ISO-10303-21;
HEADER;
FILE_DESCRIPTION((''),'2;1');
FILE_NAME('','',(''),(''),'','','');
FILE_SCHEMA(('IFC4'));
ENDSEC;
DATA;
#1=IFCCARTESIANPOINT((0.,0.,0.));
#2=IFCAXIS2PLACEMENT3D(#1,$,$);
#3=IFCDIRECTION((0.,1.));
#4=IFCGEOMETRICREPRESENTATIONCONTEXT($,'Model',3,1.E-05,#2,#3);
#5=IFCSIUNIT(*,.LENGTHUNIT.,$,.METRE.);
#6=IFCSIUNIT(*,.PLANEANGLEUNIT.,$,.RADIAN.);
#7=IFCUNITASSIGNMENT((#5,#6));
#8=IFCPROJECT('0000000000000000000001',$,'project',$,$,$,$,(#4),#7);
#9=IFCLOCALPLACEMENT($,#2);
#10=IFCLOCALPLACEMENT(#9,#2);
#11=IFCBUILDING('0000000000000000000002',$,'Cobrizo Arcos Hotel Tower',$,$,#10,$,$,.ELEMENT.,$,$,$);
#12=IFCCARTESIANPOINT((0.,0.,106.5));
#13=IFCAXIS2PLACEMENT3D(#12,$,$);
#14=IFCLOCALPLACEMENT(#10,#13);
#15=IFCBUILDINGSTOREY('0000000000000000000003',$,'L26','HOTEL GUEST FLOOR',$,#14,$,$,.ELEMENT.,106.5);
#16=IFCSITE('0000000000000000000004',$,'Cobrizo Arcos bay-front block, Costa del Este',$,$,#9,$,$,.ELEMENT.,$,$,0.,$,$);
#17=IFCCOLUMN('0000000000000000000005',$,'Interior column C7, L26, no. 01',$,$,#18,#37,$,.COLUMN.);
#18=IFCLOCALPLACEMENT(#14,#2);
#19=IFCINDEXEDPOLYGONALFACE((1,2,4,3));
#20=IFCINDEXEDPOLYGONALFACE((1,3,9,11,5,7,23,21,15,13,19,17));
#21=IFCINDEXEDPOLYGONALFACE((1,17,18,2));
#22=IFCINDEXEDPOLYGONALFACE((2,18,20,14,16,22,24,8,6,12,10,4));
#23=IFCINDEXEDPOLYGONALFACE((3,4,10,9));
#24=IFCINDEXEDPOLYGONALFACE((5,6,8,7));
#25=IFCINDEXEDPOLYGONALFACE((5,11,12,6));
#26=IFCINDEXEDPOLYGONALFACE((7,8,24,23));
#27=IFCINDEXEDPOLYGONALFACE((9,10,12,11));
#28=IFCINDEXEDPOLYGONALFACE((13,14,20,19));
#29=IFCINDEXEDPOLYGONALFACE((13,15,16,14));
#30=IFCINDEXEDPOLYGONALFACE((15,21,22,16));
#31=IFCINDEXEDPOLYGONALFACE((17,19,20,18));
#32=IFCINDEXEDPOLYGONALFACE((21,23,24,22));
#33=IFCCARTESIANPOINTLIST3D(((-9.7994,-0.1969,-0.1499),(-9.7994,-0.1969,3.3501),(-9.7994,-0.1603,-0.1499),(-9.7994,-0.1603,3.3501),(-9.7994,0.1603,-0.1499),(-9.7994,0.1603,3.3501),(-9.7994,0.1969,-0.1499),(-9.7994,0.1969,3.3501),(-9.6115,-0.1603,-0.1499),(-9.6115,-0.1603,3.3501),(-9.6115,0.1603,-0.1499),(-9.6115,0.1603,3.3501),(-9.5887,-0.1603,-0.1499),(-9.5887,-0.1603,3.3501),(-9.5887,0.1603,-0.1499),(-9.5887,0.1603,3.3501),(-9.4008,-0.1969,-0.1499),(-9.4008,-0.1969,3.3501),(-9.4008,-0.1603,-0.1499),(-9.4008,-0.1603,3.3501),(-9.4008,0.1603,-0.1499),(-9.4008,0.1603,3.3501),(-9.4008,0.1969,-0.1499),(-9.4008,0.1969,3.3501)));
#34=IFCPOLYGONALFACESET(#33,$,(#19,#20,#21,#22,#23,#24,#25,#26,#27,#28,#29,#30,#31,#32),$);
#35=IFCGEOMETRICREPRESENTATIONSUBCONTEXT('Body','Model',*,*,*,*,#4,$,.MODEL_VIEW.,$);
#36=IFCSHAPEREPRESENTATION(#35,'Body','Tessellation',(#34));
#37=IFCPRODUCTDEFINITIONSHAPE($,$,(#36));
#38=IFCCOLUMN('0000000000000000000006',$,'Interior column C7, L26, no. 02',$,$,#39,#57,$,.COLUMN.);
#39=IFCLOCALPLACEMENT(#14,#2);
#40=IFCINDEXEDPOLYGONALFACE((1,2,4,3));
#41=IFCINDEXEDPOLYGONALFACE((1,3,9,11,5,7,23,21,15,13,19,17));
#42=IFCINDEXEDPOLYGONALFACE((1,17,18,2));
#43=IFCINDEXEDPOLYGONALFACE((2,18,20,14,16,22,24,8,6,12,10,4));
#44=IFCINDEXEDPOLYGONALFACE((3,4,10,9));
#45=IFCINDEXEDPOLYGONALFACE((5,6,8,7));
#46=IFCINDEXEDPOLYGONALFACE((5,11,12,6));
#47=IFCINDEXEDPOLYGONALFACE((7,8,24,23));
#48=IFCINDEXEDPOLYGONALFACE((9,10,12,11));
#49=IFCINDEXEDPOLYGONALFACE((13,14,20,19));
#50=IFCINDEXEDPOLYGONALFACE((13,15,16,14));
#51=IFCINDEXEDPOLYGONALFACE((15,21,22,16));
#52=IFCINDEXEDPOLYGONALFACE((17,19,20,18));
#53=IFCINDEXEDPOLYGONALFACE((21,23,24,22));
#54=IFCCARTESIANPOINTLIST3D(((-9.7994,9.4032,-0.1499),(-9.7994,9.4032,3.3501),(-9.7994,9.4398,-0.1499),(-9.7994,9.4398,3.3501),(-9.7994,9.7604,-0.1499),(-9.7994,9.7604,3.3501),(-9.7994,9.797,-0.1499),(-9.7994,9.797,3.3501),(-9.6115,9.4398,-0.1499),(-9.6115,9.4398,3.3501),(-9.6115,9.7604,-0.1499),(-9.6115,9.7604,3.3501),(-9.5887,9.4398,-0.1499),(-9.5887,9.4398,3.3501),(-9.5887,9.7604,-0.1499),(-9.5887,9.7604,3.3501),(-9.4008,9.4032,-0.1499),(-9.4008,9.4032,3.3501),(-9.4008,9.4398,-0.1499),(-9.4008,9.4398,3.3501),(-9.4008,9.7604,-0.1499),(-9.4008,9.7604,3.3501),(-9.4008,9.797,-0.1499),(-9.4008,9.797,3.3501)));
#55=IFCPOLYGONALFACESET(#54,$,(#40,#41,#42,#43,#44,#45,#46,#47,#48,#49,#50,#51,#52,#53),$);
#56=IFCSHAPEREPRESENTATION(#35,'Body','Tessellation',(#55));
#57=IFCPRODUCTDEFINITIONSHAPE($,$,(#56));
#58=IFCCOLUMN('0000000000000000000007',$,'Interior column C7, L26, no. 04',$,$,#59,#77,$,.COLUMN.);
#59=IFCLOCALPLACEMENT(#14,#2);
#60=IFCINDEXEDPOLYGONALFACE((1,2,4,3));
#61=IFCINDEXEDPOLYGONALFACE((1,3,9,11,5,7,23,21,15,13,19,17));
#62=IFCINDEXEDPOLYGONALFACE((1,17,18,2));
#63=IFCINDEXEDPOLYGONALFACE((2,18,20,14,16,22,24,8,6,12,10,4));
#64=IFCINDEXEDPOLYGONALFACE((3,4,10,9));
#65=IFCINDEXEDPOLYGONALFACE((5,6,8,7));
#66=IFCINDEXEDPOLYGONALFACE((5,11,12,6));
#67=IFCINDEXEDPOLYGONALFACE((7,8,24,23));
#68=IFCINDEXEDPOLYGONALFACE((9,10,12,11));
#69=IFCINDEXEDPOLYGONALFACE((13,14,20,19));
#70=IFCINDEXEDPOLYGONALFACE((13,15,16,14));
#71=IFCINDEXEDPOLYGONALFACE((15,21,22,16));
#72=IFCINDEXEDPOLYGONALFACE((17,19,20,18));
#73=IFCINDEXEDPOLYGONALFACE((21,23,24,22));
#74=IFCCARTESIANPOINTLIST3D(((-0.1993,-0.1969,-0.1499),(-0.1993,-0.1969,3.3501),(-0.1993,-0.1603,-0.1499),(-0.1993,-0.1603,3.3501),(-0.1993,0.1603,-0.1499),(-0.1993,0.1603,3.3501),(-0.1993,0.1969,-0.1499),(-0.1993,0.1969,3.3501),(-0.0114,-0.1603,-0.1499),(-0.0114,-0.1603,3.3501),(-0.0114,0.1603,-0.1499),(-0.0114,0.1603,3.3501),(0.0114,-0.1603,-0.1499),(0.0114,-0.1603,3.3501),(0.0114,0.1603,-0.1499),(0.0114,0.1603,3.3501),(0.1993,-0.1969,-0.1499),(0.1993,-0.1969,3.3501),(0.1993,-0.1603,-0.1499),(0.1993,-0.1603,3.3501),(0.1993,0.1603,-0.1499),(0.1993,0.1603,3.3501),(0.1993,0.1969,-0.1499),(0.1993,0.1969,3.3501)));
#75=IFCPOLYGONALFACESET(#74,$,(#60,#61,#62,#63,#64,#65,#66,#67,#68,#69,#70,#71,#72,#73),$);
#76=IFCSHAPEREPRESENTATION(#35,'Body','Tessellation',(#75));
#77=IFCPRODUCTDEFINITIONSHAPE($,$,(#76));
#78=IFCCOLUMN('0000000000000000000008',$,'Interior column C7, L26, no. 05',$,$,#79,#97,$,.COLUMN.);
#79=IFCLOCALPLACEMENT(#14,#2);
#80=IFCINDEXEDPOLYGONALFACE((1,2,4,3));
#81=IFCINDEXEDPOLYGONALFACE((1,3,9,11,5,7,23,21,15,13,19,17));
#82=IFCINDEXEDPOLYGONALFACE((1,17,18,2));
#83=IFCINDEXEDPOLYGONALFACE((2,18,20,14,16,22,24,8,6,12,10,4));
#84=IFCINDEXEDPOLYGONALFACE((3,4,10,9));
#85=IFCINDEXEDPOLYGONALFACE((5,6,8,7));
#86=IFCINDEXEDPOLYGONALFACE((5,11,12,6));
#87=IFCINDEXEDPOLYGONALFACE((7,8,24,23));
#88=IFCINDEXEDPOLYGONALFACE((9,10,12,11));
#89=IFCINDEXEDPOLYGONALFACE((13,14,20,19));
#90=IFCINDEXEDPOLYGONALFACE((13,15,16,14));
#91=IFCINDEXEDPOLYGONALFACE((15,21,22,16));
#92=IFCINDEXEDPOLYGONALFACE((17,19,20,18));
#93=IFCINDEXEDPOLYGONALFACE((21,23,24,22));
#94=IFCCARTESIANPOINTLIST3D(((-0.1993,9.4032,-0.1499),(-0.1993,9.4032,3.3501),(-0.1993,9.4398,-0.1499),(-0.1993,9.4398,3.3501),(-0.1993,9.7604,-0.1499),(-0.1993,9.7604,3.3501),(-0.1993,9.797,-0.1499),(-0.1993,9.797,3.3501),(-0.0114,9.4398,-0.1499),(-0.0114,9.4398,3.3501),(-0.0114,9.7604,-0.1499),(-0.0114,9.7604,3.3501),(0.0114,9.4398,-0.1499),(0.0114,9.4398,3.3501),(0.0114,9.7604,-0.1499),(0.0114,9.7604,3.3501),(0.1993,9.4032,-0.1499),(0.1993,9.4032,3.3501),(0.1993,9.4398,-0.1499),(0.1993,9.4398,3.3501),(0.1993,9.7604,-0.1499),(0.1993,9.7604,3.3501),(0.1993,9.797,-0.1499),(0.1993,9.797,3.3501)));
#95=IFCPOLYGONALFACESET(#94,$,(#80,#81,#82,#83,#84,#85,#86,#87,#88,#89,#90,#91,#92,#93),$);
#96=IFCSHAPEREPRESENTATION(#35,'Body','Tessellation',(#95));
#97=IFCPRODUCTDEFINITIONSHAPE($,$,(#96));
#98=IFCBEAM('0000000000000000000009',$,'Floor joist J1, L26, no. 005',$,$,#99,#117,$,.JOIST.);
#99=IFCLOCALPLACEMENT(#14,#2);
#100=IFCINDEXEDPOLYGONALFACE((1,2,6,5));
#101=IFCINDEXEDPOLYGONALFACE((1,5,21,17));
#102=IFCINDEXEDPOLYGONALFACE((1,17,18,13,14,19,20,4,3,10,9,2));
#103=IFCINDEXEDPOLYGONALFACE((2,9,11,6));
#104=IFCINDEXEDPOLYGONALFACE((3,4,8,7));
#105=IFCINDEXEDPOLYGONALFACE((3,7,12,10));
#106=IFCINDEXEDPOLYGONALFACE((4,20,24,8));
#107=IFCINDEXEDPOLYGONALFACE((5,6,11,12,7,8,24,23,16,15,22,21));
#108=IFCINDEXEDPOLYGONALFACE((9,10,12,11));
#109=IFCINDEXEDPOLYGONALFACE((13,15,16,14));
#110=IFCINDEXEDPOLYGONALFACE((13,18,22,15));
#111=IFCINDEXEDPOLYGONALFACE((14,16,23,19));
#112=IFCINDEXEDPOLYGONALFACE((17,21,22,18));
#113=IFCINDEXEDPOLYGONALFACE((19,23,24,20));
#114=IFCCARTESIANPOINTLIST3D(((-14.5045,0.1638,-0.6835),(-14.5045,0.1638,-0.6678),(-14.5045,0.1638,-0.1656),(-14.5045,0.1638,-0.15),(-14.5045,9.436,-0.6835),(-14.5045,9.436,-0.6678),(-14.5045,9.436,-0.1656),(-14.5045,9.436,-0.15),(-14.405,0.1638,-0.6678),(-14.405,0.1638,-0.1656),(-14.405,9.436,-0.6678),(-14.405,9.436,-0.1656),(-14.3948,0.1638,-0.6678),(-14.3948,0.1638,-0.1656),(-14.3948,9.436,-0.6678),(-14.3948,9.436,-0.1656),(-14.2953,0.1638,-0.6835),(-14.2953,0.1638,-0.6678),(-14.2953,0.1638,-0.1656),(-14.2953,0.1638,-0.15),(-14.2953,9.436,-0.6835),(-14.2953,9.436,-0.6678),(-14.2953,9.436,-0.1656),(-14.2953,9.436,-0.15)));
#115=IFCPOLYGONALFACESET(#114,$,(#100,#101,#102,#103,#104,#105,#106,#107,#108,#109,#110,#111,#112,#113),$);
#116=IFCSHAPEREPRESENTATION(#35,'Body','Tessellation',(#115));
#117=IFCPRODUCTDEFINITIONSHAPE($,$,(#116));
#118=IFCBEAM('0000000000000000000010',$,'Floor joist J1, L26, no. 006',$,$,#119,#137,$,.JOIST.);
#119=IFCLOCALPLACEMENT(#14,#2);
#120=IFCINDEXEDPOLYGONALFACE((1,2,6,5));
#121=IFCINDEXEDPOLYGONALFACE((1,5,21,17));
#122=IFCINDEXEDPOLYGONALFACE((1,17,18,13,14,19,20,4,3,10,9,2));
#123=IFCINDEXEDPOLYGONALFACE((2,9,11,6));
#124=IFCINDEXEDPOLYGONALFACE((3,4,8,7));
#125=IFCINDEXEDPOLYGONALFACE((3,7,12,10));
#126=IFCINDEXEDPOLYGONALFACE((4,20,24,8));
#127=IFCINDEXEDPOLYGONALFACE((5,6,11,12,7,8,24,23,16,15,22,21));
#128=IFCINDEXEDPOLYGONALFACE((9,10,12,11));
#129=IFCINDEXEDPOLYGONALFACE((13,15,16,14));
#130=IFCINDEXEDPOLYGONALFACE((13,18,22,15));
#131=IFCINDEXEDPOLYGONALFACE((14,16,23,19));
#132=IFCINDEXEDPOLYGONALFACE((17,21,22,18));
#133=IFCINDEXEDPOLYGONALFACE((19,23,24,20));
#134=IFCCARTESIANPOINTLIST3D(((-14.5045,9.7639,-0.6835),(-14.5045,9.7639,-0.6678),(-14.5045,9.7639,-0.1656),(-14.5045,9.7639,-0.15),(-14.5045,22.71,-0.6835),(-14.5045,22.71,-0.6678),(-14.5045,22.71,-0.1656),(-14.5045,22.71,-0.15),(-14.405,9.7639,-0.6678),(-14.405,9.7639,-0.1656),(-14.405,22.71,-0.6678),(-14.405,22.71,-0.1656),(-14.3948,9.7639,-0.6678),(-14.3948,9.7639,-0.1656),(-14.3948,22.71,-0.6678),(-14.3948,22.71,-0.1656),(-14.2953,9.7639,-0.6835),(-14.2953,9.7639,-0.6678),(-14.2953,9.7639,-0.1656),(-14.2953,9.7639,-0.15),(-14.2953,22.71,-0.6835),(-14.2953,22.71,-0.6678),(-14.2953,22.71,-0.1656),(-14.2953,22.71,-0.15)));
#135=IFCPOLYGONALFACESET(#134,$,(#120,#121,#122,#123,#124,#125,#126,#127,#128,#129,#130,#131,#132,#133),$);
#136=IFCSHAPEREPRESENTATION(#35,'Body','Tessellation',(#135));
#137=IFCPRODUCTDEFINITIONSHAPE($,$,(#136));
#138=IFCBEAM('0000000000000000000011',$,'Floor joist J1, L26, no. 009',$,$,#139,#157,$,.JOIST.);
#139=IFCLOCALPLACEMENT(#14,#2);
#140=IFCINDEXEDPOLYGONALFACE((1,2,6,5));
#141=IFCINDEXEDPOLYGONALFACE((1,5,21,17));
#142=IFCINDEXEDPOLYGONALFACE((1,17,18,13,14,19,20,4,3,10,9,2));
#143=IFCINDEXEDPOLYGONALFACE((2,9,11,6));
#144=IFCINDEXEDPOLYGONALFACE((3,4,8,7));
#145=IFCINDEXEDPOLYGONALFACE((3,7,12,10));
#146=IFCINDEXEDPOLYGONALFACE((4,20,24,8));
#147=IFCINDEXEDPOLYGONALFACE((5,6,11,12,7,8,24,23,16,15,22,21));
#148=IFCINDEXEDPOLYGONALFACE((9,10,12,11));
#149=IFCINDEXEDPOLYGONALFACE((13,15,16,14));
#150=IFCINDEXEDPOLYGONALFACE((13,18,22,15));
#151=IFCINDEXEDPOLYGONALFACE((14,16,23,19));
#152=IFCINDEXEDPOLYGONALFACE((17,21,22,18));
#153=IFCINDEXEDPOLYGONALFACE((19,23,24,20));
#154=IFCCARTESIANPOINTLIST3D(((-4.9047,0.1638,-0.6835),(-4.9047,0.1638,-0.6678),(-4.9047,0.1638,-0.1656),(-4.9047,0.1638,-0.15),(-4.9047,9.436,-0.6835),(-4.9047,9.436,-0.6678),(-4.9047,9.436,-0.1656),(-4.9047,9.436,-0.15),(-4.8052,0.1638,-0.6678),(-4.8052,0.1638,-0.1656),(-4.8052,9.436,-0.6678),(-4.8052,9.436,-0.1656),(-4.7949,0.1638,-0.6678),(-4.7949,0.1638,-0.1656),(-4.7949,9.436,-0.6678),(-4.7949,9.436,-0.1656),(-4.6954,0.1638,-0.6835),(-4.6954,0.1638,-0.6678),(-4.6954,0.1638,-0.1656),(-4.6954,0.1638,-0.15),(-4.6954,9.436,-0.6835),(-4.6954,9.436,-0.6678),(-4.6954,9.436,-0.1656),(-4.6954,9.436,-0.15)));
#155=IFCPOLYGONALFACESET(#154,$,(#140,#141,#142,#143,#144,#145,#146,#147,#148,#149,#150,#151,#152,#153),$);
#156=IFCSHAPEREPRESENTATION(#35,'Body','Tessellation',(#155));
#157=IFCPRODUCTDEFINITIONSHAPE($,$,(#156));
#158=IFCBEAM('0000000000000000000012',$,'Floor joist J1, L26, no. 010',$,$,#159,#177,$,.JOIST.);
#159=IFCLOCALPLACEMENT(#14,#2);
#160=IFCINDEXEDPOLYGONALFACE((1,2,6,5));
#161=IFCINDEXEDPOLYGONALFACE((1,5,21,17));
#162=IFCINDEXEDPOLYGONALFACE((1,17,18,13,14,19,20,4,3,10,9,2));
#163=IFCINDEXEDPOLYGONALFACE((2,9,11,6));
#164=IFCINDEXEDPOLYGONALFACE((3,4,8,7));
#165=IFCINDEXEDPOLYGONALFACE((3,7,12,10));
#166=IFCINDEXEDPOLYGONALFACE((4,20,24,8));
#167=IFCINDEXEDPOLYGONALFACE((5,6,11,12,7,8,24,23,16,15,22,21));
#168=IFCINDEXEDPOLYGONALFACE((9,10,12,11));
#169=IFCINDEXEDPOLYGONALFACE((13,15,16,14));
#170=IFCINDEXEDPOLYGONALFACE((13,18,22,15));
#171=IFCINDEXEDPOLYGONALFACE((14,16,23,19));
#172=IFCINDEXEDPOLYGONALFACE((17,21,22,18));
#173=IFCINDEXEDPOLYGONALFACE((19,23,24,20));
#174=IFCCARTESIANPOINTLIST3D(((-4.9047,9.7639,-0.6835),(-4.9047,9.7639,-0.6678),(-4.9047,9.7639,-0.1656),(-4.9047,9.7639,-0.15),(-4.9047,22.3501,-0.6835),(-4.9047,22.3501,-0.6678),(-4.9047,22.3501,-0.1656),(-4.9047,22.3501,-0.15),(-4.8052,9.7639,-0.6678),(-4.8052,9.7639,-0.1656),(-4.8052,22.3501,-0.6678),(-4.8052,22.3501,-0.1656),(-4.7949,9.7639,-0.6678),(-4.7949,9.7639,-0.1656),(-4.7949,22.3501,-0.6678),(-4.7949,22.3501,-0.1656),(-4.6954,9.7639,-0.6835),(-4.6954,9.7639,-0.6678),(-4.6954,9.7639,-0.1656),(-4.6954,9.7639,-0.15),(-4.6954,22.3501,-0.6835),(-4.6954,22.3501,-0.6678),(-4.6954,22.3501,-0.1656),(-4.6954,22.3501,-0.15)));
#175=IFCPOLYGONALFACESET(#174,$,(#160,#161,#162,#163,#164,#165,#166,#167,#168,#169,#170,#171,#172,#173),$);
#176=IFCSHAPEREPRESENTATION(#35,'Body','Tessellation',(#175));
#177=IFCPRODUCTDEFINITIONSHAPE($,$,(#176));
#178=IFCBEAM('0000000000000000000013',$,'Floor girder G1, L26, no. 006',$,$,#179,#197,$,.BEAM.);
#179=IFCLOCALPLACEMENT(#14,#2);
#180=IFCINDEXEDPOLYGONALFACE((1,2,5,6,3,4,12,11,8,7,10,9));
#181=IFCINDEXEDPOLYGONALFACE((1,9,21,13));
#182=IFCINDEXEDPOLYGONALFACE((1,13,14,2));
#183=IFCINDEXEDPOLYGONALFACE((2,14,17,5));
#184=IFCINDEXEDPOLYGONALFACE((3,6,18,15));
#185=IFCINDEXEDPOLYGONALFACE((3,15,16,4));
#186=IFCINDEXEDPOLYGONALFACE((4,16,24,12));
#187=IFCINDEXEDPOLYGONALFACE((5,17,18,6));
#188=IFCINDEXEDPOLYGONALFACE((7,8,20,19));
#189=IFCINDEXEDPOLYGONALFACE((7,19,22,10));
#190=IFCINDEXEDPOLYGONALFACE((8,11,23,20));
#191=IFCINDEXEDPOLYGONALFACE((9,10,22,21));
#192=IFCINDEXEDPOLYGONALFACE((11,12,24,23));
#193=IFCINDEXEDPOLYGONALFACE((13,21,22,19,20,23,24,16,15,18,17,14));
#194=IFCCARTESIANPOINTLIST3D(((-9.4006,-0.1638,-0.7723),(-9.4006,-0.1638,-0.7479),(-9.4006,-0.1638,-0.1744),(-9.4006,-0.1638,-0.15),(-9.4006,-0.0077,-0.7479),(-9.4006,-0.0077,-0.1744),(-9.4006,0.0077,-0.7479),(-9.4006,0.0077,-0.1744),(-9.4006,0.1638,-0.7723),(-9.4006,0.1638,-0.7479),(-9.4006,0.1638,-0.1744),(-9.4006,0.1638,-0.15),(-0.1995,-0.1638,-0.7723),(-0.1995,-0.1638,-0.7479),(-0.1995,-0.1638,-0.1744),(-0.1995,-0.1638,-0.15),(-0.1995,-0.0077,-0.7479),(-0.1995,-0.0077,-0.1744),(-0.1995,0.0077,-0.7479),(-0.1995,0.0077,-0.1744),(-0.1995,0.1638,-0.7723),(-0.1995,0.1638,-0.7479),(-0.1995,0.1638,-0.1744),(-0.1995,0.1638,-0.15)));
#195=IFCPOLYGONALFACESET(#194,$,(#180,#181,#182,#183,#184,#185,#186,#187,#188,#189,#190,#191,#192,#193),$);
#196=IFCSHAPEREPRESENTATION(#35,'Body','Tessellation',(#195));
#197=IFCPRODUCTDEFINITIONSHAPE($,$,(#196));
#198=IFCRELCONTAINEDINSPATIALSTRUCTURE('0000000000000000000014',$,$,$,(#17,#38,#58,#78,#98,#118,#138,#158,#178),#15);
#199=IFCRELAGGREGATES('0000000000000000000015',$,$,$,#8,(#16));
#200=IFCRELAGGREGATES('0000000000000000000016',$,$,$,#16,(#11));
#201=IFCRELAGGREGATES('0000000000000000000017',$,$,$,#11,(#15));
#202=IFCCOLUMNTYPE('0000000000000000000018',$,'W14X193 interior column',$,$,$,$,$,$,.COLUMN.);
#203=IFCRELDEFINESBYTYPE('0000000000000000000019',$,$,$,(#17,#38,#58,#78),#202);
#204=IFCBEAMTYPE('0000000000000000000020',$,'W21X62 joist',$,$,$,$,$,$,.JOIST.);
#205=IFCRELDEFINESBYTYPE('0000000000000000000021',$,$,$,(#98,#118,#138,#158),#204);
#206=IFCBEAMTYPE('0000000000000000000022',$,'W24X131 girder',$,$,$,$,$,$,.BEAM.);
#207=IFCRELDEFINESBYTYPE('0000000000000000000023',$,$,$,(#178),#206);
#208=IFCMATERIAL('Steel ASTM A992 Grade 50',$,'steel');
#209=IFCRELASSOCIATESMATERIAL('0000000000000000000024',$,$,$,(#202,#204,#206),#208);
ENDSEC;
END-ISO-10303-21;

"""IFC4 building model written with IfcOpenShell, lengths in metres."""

from ifc_helpers import new_model, si_unit, direction, frame, origin, origin_2d, place, context, subcontext, project, spatial, i_section, extrude, material, material_profile, profile_set, type_object, element, save


model = new_model("IFC4")

# Units and contexts
model_context = context("Model", 3, precision=1e-05, world=origin(), true_north=direction((0.0, 1.0)))
body_context = subcontext(model_context, "Body", "Model", "MODEL_VIEW")
ifc_project = project(units=[si_unit("LENGTHUNIT", "METRE"), si_unit("PLANEANGLEUNIT", "RADIAN")], contexts=[model_context])

# Site, building, storey
site_placement = place(None, origin())
site = spatial("IfcSite", under=ifc_project, at=site_placement, Name="Cobrizo Arcos bay-front block, Costa del Este", CompositionType="ELEMENT", RefElevation=0.0)
building_placement = place(site_placement, origin())
building = spatial("IfcBuilding", under=site, at=building_placement, Name="Cobrizo Arcos Hotel Tower", CompositionType="ELEMENT")
storey_placement = place(building_placement, frame((0.0, 0.0, 106.5)))
storey = spatial("IfcBuildingStorey", under=building, at=storey_placement, Name="L26", Description="HOTEL GUEST FLOOR", CompositionType="ELEMENT", Elevation=106.5)

# Columns
ifc_material_1 = material(Name="Steel ASTM A992 Grade 50", Category="steel")
ifc_material_profile_1 = material_profile(ifc_material_1, i_section(OverallWidth=0.3987, OverallDepth=0.3938, WebThickness=0.0227, FlangeThickness=0.0366, at=origin_2d()), Name="W14X193")
ifc_profile_set_1 = profile_set([ifc_material_profile_1], Name="Steel ASTM A992 Grade 50")
column_type = type_object("IfcColumnType", Name="W14X193 interior column", PredefinedType="COLUMN", material=ifc_profile_set_1)
for number, where, z_axis, x_axis, name in (
    (1, (-9.6001, 0.0, -0.1499), (0.0, 0.0, 1.0), (1.0, 0.0, 0.0), "Interior column C7, L26, no. 01"),
    (2, (-9.6001, 9.6001, -0.1499), (0.0, 0.0, 1.0), (1.0, 0.0, 0.0), "Interior column C7, L26, no. 02"),
    (3, (0.0, 0.0, -0.1499), (0.0, 0.0, 1.0), (1.0, 0.0, 0.0), "Interior column C7, L26, no. 04"),
    (4, (0.0, 9.6001, -0.1499), (0.0, 0.0, 1.0), (1.0, 0.0, 0.0), "Interior column C7, L26, no. 05"),
):
    element("IfcColumn", number, at=place(storey_placement, frame(where, z_axis=z_axis, x_axis=x_axis)), inside=storey, type_object=column_type, Name=name, PredefinedType="COLUMN", context=body_context, shape_type="SweptSolid", body=[
        extrude(i_section(OverallWidth=0.3987, OverallDepth=0.3938, WebThickness=0.0227, FlangeThickness=0.0366, at=origin_2d()), origin(), (0.0, 0.0, 1.0), 3.5),
    ])

# Beams
ifc_material_profile_2 = material_profile(ifc_material_1, i_section(OverallWidth=0.2092, OverallDepth=0.5334, WebThickness=0.0103, FlangeThickness=0.0156, at=origin_2d()), Name="W21X62")
ifc_profile_set_2 = profile_set([ifc_material_profile_2], Name="Steel ASTM A992 Grade 50")
beam_type_1 = type_object("IfcBeamType", Name="W21X62 joist", PredefinedType="JOIST", material=ifc_profile_set_2)
beam_1_placement = place(storey_placement, frame((-14.3999, 0.1638, -0.4167), z_axis=(0.0, 1.0, 0.0), x_axis=(-1.0, 0.0, 0.0)))
element("IfcBeam", 5, at=beam_1_placement, inside=storey, type_object=beam_type_1, Name="Floor joist J1, L26, no. 005", PredefinedType="JOIST", context=body_context, shape_type="SweptSolid", body=[
    extrude(i_section(OverallWidth=0.2092, OverallDepth=0.5334, WebThickness=0.0103, FlangeThickness=0.0156, at=origin_2d()), origin(), (0.0, 0.0, 1.0), 9.2722),
])
beam_2_placement = place(storey_placement, frame((-14.3999, 9.7639, -0.4167), z_axis=(0.0, 1.0, 0.0), x_axis=(-1.0, 0.0, 0.0)))
element("IfcBeam", 6, at=beam_2_placement, inside=storey, type_object=beam_type_1, Name="Floor joist J1, L26, no. 006", PredefinedType="JOIST", context=body_context, shape_type="SweptSolid", body=[
    extrude(i_section(OverallWidth=0.2092, OverallDepth=0.5334, WebThickness=0.0103, FlangeThickness=0.0156, at=origin_2d()), origin(), (0.0, 0.0, 1.0), 12.946),
])
beam_3_placement = place(storey_placement, frame((-4.8, 0.1638, -0.4167), z_axis=(0.0, 1.0, 0.0), x_axis=(-1.0, 0.0, 0.0)))
element("IfcBeam", 7, at=beam_3_placement, inside=storey, type_object=beam_type_1, Name="Floor joist J1, L26, no. 009", PredefinedType="JOIST", context=body_context, shape_type="SweptSolid", body=[
    extrude(i_section(OverallWidth=0.2092, OverallDepth=0.5334, WebThickness=0.0103, FlangeThickness=0.0156, at=origin_2d()), origin(), (0.0, 0.0, 1.0), 9.2722),
])
beam_4_placement = place(storey_placement, frame((-4.8, 9.7639, -0.4167), z_axis=(0.0, 1.0, 0.0), x_axis=(-1.0, 0.0, 0.0)))
element("IfcBeam", 8, at=beam_4_placement, inside=storey, type_object=beam_type_1, Name="Floor joist J1, L26, no. 010", PredefinedType="JOIST", context=body_context, shape_type="SweptSolid", body=[
    extrude(i_section(OverallWidth=0.2092, OverallDepth=0.5334, WebThickness=0.0103, FlangeThickness=0.0156, at=origin_2d()), origin(), (0.0, 0.0, 1.0), 12.5862),
])
ifc_material_profile_3 = material_profile(ifc_material_1, i_section(OverallWidth=0.3276, OverallDepth=0.6223, WebThickness=0.0154, FlangeThickness=0.0244, at=origin_2d()), Name="W24X131")
ifc_profile_set_3 = profile_set([ifc_material_profile_3], Name="Steel ASTM A992 Grade 50")
beam_type_2 = type_object("IfcBeamType", Name="W24X131 girder", PredefinedType="BEAM", material=ifc_profile_set_3)
for number, where, z_axis, x_axis, name in (
    (9, (-9.4006, 0.0, -0.4612), (1.0, 0.0, 0.0), (0.0, 1.0, 0.0), "Floor girder G1, L26, no. 006"),
):
    element("IfcBeam", number, at=place(storey_placement, frame(where, z_axis=z_axis, x_axis=x_axis)), inside=storey, type_object=beam_type_2, Name=name, PredefinedType="BEAM", context=body_context, shape_type="SweptSolid", body=[
        extrude(i_section(OverallWidth=0.3276, OverallDepth=0.6223, WebThickness=0.0154, FlangeThickness=0.0244, at=origin_2d()), origin(), (0.0, 0.0, 1.0), 9.2012),
    ])

save(model, "model.ifc")
